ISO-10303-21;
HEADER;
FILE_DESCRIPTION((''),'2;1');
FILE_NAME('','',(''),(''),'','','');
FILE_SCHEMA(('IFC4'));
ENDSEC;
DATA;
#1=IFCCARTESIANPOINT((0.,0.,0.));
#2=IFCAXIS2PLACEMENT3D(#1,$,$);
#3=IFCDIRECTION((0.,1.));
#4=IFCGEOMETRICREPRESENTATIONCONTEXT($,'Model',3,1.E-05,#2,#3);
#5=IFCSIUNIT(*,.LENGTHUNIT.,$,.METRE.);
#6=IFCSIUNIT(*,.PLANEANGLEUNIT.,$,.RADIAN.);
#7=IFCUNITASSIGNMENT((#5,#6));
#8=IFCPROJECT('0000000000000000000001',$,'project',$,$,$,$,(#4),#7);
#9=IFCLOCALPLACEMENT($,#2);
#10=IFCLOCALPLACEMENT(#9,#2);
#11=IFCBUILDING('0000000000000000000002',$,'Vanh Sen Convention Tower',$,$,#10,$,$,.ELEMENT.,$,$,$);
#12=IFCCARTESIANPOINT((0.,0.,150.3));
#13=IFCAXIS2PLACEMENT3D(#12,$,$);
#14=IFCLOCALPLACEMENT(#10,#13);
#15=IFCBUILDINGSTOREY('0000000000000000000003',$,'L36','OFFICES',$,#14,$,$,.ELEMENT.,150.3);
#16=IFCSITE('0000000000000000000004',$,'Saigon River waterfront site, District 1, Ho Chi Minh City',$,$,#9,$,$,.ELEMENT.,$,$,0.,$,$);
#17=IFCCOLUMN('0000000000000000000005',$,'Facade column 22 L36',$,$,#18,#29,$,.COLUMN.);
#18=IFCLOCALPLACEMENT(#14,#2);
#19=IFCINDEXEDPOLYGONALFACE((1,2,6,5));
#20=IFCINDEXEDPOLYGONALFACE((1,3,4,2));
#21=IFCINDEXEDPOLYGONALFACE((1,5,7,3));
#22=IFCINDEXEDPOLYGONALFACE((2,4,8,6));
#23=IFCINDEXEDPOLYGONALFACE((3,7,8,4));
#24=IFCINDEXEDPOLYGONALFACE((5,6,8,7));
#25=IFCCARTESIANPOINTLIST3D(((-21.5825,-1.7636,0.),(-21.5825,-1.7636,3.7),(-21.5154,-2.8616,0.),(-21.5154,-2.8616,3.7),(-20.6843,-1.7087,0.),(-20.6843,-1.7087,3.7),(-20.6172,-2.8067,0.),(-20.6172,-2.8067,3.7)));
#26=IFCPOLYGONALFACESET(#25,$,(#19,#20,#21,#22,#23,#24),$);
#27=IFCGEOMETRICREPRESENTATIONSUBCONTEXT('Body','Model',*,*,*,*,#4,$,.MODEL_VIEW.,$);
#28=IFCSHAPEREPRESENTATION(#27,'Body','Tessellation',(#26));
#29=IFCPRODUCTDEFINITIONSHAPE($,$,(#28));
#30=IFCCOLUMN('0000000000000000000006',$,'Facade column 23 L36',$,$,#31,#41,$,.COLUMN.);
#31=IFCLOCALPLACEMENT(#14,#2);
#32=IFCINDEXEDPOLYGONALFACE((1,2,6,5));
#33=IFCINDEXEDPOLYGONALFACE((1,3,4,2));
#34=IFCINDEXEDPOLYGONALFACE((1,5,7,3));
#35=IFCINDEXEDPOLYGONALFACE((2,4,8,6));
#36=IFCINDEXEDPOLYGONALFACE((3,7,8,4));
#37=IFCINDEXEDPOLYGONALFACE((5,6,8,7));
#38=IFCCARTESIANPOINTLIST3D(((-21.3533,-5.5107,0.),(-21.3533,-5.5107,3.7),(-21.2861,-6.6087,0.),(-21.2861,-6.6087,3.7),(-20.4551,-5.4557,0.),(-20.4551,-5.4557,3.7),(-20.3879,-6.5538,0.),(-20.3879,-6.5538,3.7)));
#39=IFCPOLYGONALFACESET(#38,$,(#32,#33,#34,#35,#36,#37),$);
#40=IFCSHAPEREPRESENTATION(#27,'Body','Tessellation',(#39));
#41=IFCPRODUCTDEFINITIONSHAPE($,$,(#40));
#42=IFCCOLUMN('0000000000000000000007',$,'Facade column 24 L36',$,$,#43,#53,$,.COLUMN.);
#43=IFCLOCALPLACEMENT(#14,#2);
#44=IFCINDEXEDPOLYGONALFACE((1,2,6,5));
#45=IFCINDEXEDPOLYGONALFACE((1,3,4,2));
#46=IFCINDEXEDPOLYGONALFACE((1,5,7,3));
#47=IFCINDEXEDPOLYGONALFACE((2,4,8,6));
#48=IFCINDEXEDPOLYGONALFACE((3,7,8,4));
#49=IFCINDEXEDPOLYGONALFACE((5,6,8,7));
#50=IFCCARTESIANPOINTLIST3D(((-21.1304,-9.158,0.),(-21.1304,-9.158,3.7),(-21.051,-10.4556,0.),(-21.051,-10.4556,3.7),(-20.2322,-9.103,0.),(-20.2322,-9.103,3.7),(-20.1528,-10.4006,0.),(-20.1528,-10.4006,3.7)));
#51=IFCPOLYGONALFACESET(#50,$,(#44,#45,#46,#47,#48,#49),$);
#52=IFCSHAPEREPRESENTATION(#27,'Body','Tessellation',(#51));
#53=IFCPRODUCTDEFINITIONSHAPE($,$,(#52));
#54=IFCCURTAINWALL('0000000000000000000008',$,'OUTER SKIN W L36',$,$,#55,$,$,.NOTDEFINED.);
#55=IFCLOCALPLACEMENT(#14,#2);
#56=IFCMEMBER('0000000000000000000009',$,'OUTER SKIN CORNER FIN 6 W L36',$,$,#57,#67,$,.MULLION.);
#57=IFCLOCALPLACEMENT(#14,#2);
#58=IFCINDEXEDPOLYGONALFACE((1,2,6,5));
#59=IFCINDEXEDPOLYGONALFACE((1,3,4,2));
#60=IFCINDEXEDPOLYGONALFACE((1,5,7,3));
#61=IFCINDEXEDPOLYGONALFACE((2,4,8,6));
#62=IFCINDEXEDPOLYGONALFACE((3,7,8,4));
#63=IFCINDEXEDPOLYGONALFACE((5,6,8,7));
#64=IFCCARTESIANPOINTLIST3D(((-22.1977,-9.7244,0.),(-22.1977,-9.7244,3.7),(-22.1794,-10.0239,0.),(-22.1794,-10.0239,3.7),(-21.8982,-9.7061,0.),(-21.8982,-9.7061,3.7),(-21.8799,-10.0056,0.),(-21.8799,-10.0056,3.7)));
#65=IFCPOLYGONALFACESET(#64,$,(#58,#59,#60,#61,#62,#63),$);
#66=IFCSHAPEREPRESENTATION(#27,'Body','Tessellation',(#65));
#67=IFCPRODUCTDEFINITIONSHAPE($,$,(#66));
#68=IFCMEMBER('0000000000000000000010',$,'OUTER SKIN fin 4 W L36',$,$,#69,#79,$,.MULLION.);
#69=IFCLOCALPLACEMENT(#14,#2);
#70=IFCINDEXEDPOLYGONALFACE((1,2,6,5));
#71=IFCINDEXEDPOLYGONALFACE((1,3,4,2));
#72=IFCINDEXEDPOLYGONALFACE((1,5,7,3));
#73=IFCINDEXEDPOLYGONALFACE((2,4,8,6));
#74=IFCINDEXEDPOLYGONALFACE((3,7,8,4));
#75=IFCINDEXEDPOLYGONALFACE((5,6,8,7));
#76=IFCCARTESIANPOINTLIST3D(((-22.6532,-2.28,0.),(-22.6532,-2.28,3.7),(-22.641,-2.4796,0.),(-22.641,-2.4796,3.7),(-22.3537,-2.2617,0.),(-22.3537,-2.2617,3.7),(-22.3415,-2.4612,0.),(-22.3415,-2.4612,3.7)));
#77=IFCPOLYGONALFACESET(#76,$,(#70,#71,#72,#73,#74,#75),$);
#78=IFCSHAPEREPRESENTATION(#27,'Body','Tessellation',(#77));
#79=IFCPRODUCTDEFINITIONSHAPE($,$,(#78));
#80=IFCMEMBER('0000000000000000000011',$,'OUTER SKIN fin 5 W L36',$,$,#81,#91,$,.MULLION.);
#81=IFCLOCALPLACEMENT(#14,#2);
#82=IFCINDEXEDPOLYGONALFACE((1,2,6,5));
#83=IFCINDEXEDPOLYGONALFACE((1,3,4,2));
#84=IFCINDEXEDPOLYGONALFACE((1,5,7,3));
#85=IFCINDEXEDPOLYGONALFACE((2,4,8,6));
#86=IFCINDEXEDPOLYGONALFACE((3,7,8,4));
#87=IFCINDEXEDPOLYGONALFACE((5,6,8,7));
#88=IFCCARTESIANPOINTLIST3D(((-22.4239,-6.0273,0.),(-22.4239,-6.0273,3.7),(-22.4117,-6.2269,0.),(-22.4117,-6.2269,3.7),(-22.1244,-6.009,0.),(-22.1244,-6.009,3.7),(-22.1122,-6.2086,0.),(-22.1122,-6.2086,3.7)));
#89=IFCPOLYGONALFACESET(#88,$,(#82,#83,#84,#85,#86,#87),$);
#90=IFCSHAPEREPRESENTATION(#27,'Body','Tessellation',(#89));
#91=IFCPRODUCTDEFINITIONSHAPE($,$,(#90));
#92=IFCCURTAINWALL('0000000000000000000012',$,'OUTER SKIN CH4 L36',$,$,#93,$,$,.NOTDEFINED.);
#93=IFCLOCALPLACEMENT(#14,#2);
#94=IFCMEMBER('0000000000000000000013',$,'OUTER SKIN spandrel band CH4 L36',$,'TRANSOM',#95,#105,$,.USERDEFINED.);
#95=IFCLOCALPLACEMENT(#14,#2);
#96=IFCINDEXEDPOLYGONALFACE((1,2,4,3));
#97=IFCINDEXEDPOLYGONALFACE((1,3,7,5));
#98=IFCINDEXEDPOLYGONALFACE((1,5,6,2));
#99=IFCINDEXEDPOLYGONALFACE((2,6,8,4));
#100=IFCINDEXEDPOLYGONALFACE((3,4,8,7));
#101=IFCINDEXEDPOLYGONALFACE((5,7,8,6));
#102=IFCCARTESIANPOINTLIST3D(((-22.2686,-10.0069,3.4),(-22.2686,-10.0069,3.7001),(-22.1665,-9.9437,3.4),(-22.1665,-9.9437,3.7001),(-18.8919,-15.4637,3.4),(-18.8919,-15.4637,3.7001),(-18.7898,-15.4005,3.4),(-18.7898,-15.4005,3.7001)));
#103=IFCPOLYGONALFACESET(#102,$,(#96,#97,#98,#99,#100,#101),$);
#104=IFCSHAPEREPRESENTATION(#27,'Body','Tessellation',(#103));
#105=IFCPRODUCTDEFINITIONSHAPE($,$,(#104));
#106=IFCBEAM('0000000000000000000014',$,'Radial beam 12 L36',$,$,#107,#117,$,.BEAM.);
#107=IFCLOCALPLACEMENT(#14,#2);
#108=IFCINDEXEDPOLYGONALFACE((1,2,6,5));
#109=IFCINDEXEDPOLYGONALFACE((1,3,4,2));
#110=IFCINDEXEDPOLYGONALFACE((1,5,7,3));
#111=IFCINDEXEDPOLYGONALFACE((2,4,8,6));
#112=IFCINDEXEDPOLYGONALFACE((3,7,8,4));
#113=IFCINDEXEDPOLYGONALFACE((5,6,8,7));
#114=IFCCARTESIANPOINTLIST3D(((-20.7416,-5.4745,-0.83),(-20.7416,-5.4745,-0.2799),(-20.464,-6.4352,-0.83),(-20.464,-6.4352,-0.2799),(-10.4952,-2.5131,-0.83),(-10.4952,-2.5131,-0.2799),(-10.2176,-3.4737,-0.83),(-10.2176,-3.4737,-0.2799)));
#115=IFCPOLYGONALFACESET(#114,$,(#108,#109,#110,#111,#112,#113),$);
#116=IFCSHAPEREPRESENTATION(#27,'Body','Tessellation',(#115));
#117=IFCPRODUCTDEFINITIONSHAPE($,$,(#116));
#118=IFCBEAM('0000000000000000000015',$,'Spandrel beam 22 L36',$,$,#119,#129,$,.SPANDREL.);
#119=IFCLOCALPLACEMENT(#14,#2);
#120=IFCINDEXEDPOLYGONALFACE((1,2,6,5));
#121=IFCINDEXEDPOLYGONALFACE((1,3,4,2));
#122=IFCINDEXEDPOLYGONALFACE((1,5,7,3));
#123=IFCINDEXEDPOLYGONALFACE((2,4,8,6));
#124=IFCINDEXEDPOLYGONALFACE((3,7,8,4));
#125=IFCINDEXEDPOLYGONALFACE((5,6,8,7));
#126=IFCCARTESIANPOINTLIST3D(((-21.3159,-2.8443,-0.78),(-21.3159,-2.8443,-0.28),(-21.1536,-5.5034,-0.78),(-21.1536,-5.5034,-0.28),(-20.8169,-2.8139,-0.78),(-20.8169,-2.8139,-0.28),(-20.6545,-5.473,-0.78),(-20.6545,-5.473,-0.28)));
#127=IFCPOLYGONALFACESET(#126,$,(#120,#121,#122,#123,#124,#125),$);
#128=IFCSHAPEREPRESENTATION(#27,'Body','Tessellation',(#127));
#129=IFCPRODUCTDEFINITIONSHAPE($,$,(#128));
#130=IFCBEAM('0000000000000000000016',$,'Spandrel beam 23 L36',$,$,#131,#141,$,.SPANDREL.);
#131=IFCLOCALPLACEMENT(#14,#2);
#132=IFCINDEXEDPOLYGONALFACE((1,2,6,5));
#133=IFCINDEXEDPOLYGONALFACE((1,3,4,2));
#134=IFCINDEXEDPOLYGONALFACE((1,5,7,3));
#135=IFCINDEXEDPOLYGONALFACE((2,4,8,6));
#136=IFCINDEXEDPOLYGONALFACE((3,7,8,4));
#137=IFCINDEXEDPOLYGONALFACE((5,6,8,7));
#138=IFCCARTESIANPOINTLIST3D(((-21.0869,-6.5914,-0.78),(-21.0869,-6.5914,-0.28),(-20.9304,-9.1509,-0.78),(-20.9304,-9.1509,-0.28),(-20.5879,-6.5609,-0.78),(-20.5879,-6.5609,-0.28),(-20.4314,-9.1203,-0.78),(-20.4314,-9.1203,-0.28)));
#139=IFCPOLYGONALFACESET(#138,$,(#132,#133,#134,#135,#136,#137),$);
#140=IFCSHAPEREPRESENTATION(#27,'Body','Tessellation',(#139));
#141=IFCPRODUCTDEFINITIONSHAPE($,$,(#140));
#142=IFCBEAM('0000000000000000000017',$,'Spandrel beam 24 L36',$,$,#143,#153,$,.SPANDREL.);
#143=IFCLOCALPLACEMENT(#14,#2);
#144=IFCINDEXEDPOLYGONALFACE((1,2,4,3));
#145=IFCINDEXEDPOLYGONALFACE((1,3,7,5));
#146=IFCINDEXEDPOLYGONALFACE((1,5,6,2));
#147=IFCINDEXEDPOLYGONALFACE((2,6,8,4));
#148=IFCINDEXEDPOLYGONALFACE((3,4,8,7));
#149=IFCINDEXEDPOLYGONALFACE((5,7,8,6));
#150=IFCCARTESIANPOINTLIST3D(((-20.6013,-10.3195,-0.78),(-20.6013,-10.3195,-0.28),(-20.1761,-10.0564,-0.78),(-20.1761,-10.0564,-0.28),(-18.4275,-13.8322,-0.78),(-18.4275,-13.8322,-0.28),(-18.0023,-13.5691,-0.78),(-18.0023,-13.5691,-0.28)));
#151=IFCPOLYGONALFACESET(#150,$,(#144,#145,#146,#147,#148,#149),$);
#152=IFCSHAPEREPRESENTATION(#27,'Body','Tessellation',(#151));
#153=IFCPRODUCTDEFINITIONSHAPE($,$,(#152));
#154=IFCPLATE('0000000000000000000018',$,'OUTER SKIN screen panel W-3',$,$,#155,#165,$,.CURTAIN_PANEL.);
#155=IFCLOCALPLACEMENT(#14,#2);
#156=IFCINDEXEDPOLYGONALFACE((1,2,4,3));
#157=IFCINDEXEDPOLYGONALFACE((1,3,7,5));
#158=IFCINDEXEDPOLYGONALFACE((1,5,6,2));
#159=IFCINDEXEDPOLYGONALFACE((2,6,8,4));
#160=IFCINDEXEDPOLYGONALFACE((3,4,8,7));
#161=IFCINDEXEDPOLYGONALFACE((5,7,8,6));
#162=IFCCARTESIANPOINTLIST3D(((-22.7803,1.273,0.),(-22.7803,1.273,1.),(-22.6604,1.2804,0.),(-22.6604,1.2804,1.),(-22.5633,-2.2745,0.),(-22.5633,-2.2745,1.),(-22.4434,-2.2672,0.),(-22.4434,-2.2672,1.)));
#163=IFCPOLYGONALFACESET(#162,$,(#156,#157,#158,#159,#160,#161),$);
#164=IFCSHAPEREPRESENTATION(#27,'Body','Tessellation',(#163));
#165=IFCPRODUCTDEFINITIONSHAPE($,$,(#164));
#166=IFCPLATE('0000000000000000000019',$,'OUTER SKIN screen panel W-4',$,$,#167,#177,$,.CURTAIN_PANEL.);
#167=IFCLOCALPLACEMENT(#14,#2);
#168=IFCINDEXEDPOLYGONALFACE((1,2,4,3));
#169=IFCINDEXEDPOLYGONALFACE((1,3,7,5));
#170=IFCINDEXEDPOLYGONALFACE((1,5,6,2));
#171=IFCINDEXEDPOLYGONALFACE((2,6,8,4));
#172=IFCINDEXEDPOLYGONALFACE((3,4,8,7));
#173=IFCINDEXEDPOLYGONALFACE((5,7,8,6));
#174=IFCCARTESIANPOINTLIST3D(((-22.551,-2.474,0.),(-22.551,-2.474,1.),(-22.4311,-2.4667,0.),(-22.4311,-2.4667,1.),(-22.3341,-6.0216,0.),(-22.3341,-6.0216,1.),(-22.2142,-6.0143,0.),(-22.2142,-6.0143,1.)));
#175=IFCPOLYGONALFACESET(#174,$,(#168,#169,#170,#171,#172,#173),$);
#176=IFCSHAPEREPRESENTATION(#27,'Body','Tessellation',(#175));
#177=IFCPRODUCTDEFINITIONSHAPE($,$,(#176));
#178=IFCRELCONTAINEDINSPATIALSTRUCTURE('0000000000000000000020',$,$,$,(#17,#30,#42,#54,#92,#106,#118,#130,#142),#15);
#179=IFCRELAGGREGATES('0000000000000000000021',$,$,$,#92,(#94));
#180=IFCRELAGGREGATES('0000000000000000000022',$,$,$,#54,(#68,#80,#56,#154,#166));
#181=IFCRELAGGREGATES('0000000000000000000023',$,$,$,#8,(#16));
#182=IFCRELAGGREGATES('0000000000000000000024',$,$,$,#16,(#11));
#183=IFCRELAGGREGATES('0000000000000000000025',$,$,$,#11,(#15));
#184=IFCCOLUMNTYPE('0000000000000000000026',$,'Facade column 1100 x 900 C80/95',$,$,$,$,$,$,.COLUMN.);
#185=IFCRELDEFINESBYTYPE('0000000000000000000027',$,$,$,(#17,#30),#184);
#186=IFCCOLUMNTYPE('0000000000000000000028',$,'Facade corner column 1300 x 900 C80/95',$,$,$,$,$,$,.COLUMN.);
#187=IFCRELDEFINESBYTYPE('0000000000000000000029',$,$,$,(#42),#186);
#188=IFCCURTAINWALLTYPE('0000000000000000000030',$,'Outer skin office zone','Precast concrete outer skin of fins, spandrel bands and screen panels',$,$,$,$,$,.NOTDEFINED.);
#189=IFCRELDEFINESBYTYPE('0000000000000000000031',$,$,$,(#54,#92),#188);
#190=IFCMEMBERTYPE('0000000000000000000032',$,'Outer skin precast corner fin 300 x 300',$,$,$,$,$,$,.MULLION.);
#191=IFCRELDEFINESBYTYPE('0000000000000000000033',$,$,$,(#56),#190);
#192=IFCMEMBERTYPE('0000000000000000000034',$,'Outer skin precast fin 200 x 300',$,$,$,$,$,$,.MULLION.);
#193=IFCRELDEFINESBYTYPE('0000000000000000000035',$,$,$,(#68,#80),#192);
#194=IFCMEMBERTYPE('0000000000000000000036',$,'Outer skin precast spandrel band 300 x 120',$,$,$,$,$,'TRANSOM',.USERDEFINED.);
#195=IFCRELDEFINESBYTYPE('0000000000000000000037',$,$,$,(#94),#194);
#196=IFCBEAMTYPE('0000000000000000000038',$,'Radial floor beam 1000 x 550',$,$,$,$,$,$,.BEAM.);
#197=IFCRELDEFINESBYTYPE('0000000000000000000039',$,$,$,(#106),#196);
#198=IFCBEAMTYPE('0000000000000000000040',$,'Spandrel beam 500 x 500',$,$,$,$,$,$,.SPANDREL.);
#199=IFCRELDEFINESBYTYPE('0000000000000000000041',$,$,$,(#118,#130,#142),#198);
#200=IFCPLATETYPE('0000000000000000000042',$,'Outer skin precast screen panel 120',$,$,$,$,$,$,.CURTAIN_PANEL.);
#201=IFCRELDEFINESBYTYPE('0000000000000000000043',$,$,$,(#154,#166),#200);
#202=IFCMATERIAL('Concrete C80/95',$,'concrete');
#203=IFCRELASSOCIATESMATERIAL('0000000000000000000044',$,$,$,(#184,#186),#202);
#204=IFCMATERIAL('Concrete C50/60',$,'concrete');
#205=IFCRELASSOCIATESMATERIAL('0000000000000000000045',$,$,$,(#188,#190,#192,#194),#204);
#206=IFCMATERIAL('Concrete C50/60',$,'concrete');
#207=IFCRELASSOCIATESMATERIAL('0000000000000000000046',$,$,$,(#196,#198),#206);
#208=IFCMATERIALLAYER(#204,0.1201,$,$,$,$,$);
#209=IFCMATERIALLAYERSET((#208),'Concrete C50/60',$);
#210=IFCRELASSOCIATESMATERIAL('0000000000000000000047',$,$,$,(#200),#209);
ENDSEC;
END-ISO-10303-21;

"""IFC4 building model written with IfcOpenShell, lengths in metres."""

from ifc_helpers import new_model, si_unit, direction, frame, origin, origin_2d, place, context, subcontext, project, spatial, rectangle, extrude, material, layer, layer_set, material_profile, profile_set, type_object, element, aggregate, save


model = new_model("IFC4")

# Units and contexts
model_context = context("Model", 3, precision=1e-05, world=origin(), true_north=direction((0.0, 1.0)))
body_context = subcontext(model_context, "Body", "Model", "MODEL_VIEW")
ifc_project = project(units=[si_unit("LENGTHUNIT", "METRE"), si_unit("PLANEANGLEUNIT", "RADIAN")], contexts=[model_context])

# Site, building, storey
site_placement = place(None, origin())
site = spatial("IfcSite", under=ifc_project, at=site_placement, Name="Saigon River waterfront site, District 1, Ho Chi Minh City", CompositionType="ELEMENT", RefElevation=0.0)
building_placement = place(site_placement, origin())
building = spatial("IfcBuilding", under=site, at=building_placement, Name="Vanh Sen Convention Tower", CompositionType="ELEMENT")
storey_placement = place(building_placement, frame((0.0, 0.0, 150.3)))
storey = spatial("IfcBuildingStorey", under=building, at=storey_placement, Name="L36", Description="OFFICES", CompositionType="ELEMENT", Elevation=150.3)

# Columns
ifc_material_1 = material(Name="Concrete C80/95", Category="concrete")
ifc_material_profile_1 = material_profile(ifc_material_1, rectangle(XDim=1.1001, YDim=0.8999, at=origin_2d()), Name="RC 1100X900")
ifc_profile_set_1 = profile_set([ifc_material_profile_1], Name="Concrete C80/95")
column_type_1 = type_object("IfcColumnType", Name="Facade column 1100 x 900 C80/95", PredefinedType="COLUMN", material=ifc_profile_set_1)
for number, where, z_axis, x_axis, name in (
    (1, (-21.0999, -2.2852, 0.0), (0.0, 0.0, 1.0), (0.061049, -0.998135, 0.0), "Facade column 22 L36"),
    (2, (-20.8706, -6.0322, 0.0), (0.0, 0.0, 1.0), (0.061049, -0.998135, 0.0), "Facade column 23 L36"),
):
    element("IfcColumn", number, at=place(storey_placement, frame(where, z_axis=z_axis, x_axis=x_axis)), inside=storey, type_object=column_type_1, Name=name, PredefinedType="COLUMN", context=body_context, shape_type="SweptSolid", body=[
        extrude(rectangle(XDim=1.1001, YDim=0.8999, at=origin_2d()), origin(), (0.0, 0.0, 1.0), 3.7),
    ])
ifc_material_profile_2 = material_profile(ifc_material_1, rectangle(XDim=1.3, YDim=0.8999, at=origin_2d()), Name="RC 1300X900")
ifc_profile_set_2 = profile_set([ifc_material_profile_2], Name="Concrete C80/95")
column_type_2 = type_object("IfcColumnType", Name="Facade corner column 1300 x 900 C80/95", PredefinedType="COLUMN", material=ifc_profile_set_2)
column_placement = place(storey_placement, frame((-20.6416, -9.7793, 0.0), z_axis=(0.0, 0.0, 1.0), x_axis=(0.061049, -0.998135, 0.0)))
element("IfcColumn", 3, at=column_placement, inside=storey, type_object=column_type_2, Name="Facade column 24 L36", PredefinedType="COLUMN", context=body_context, shape_type="SweptSolid", body=[
    extrude(rectangle(XDim=1.3, YDim=0.8999, at=origin_2d()), origin(), (0.0, 0.0, 1.0), 3.7),
])

# Curtain wall, members
ifc_material_2 = material(Name="Concrete C50/60", Category="concrete")
curtain_wall_type = type_object("IfcCurtainWallType", Name="Outer skin office zone", Description="Precast concrete outer skin of fins, spandrel bands and screen panels", PredefinedType="NOTDEFINED", material=ifc_material_2)
curtain_wall_1_placement = place(storey_placement, origin())
curtain_wall_1 = element("IfcCurtainWall", 4, at=curtain_wall_1_placement, inside=storey, type_object=curtain_wall_type, Name="OUTER SKIN W L36", PredefinedType="NOTDEFINED")
ifc_material_profile_3 = material_profile(ifc_material_2, rectangle(XDim=0.3, YDim=0.3, at=origin_2d()), Name="Outer skin precast corner fin 300 x 300")
ifc_profile_set_3 = profile_set([ifc_material_profile_3], Name="Concrete C50/60")
member_type_1 = type_object("IfcMemberType", Name="Outer skin precast corner fin 300 x 300", PredefinedType="MULLION", material=ifc_profile_set_3)
member_1_placement = place(storey_placement, frame((-22.0388, -9.865, 0.0), z_axis=(0.0, 0.0, 1.0), x_axis=(0.061049, -0.998135, 0.0)))
member_1 = element("IfcMember", 5, at=member_1_placement, type_object=member_type_1, Name="OUTER SKIN CORNER FIN 6 W L36", PredefinedType="MULLION", context=body_context, shape_type="SweptSolid", body=[
    extrude(rectangle(XDim=0.3, YDim=0.3, at=origin_2d()), origin(), (0.0, 0.0, 1.0), 3.7),
])
ifc_material_profile_4 = material_profile(ifc_material_2, rectangle(XDim=0.2, YDim=0.3, at=origin_2d()), Name="Outer skin precast fin 200 x 300")
ifc_profile_set_4 = profile_set([ifc_material_profile_4], Name="Concrete C50/60")
member_type_2 = type_object("IfcMemberType", Name="Outer skin precast fin 200 x 300", PredefinedType="MULLION", material=ifc_profile_set_4)
member_2_placement = place(storey_placement, frame((-22.4973, -2.3706, 0.0), z_axis=(0.0, 0.0, 1.0), x_axis=(0.061049, -0.998135, 0.0)))
member_2 = element("IfcMember", 6, at=member_2_placement, type_object=member_type_2, Name="OUTER SKIN fin 4 W L36", PredefinedType="MULLION", context=body_context, shape_type="SweptSolid", body=[
    extrude(rectangle(XDim=0.2, YDim=0.3, at=origin_2d()), origin(), (0.0, 0.0, 1.0), 3.7),
])
member_3_placement = place(storey_placement, frame((-22.2681, -6.1179, 0.0), z_axis=(0.0, 0.0, 1.0), x_axis=(0.061049, -0.998135, 0.0)))
member_3 = element("IfcMember", 7, at=member_3_placement, type_object=member_type_2, Name="OUTER SKIN fin 5 W L36", PredefinedType="MULLION", context=body_context, shape_type="SweptSolid", body=[
    extrude(rectangle(XDim=0.2, YDim=0.3, at=origin_2d()), origin(), (0.0, 0.0, 1.0), 3.7),
])

# Curtain wall, member
curtain_wall_2_placement = place(storey_placement, origin())
curtain_wall_2 = element("IfcCurtainWall", 8, at=curtain_wall_2_placement, inside=storey, type_object=curtain_wall_type, Name="OUTER SKIN CH4 L36", PredefinedType="NOTDEFINED")
ifc_material_profile_5 = material_profile(ifc_material_2, rectangle(XDim=0.1201, YDim=0.3, at=origin_2d()), Name="Outer skin precast spandrel band 300 x 120")
ifc_profile_set_5 = profile_set([ifc_material_profile_5], Name="Concrete C50/60")
member_type_3 = type_object("IfcMemberType", Name="Outer skin precast spandrel band 300 x 120", ElementType="TRANSOM", PredefinedType="USERDEFINED", material=ifc_profile_set_5)
member_4_placement = place(storey_placement, frame((-22.2175, -9.9753, 3.55), z_axis=(0.526208, -0.850356, 0.0), x_axis=(0.850356, 0.526208, 0.0)))
member_4 = element("IfcMember", 9, at=member_4_placement, type_object=member_type_3, Name="OUTER SKIN spandrel band CH4 L36", ObjectType="TRANSOM", PredefinedType="USERDEFINED", context=body_context, shape_type="SweptSolid", body=[
    extrude(rectangle(XDim=0.1201, YDim=0.3, at=origin_2d()), origin(), (0.0, 0.0, 1.0), 6.417),
])
aggregate(curtain_wall_2, [member_4])

# Beams
ifc_material_3 = material(Name="Concrete C50/60", Category="concrete")
ifc_material_profile_6 = material_profile(ifc_material_3, rectangle(XDim=1.0, YDim=0.55, at=origin_2d()), Name="RC 1000X550")
ifc_profile_set_6 = profile_set([ifc_material_profile_6], Name="Concrete C50/60")
beam_type_1 = type_object("IfcBeamType", Name="Radial floor beam 1000 x 550", PredefinedType="BEAM", material=ifc_profile_set_6)
beam_1_placement = place(storey_placement, frame((-20.6028, -5.9548, -0.5549), z_axis=(0.96068, 0.277658, 0.0), x_axis=(-0.277658, 0.96068, 0.0)))
element("IfcBeam", 10, at=beam_1_placement, inside=storey, type_object=beam_type_1, Name="Radial beam 12 L36", PredefinedType="BEAM", context=body_context, shape_type="SweptSolid", body=[
    extrude(rectangle(XDim=1.0, YDim=0.55, at=origin_2d()), origin(), (0.0, 0.0, 1.0), 10.6658),
])
ifc_material_profile_7 = material_profile(ifc_material_3, rectangle(XDim=0.5, YDim=0.5, at=origin_2d()), Name="RC 500X500")
ifc_profile_set_7 = profile_set([ifc_material_profile_7], Name="Concrete C50/60")
beam_type_2 = type_object("IfcBeamType", Name="Spandrel beam 500 x 500", PredefinedType="SPANDREL", material=ifc_profile_set_7)
beam_2_placement = place(storey_placement, frame((-21.0664, -2.8291, -0.53), z_axis=(0.060941, -0.998141, 0.0), x_axis=(0.998141, 0.060941, 0.0)))
element("IfcBeam", 11, at=beam_2_placement, inside=storey, type_object=beam_type_2, Name="Spandrel beam 22 L36", PredefinedType="SPANDREL", context=body_context, shape_type="SweptSolid", body=[
    extrude(rectangle(XDim=0.5, YDim=0.5, at=origin_2d()), origin(), (0.0, 0.0, 1.0), 2.6641),
])
beam_3_placement = place(storey_placement, frame((-20.8374, -6.5762, -0.53), z_axis=(0.061033, -0.998136, 0.0), x_axis=(0.998136, 0.061033, 0.0)))
element("IfcBeam", 12, at=beam_3_placement, inside=storey, type_object=beam_type_2, Name="Spandrel beam 23 L36", PredefinedType="SPANDREL", context=body_context, shape_type="SweptSolid", body=[
    extrude(rectangle(XDim=0.5, YDim=0.5, at=origin_2d()), origin(), (0.0, 0.0, 1.0), 2.5642),
])
beam_4_placement = place(storey_placement, frame((-20.3887, -10.188, -0.53), z_axis=(0.526233, -0.850341, 0.0), x_axis=(0.850341, 0.526233, 0.0)))
element("IfcBeam", 13, at=beam_4_placement, inside=storey, type_object=beam_type_2, Name="Spandrel beam 24 L36", PredefinedType="SPANDREL", context=body_context, shape_type="SweptSolid", body=[
    extrude(rectangle(XDim=0.5, YDim=0.5, at=origin_2d()), origin(), (0.0, 0.0, 1.0), 4.1309),
])

# Plates
ifc_layer_1 = layer(ifc_material_2, 0.1201)
ifc_layer_set_1 = layer_set([ifc_layer_1], Name="Concrete C50/60")
plate_type = type_object("IfcPlateType", Name="Outer skin precast screen panel 120", PredefinedType="CURTAIN_PANEL", material=ifc_layer_set_1)
plate_1_placement = place(storey_placement, frame((-22.6118, -0.4971, 0.0), z_axis=(0.0, 0.0, 1.0), x_axis=(0.061054, -0.998134, 0.0)))
plate_1 = element("IfcPlate", 14, at=plate_1_placement, type_object=plate_type, Name="OUTER SKIN screen panel W-3", PredefinedType="CURTAIN_PANEL", context=body_context, shape_type="SweptSolid", body=[
    extrude(rectangle(XDim=3.5542, YDim=0.1201, at=origin_2d()), origin(), (0.0, 0.0, 1.0), 1.0),
])
plate_2_placement = place(storey_placement, frame((-22.3826, -4.2441, 0.0), z_axis=(0.0, 0.0, 1.0), x_axis=(0.061026, -0.998136, 0.0)))
plate_2 = element("IfcPlate", 15, at=plate_2_placement, type_object=plate_type, Name="OUTER SKIN screen panel W-4", PredefinedType="CURTAIN_PANEL", context=body_context, shape_type="SweptSolid", body=[
    extrude(rectangle(XDim=3.5542, YDim=0.1201, at=origin_2d()), origin(), (0.0, 0.0, 1.0), 1.0),
])
aggregate(curtain_wall_1, [member_2, member_3, member_1, plate_1, plate_2])

save(model, "model.ifc")
